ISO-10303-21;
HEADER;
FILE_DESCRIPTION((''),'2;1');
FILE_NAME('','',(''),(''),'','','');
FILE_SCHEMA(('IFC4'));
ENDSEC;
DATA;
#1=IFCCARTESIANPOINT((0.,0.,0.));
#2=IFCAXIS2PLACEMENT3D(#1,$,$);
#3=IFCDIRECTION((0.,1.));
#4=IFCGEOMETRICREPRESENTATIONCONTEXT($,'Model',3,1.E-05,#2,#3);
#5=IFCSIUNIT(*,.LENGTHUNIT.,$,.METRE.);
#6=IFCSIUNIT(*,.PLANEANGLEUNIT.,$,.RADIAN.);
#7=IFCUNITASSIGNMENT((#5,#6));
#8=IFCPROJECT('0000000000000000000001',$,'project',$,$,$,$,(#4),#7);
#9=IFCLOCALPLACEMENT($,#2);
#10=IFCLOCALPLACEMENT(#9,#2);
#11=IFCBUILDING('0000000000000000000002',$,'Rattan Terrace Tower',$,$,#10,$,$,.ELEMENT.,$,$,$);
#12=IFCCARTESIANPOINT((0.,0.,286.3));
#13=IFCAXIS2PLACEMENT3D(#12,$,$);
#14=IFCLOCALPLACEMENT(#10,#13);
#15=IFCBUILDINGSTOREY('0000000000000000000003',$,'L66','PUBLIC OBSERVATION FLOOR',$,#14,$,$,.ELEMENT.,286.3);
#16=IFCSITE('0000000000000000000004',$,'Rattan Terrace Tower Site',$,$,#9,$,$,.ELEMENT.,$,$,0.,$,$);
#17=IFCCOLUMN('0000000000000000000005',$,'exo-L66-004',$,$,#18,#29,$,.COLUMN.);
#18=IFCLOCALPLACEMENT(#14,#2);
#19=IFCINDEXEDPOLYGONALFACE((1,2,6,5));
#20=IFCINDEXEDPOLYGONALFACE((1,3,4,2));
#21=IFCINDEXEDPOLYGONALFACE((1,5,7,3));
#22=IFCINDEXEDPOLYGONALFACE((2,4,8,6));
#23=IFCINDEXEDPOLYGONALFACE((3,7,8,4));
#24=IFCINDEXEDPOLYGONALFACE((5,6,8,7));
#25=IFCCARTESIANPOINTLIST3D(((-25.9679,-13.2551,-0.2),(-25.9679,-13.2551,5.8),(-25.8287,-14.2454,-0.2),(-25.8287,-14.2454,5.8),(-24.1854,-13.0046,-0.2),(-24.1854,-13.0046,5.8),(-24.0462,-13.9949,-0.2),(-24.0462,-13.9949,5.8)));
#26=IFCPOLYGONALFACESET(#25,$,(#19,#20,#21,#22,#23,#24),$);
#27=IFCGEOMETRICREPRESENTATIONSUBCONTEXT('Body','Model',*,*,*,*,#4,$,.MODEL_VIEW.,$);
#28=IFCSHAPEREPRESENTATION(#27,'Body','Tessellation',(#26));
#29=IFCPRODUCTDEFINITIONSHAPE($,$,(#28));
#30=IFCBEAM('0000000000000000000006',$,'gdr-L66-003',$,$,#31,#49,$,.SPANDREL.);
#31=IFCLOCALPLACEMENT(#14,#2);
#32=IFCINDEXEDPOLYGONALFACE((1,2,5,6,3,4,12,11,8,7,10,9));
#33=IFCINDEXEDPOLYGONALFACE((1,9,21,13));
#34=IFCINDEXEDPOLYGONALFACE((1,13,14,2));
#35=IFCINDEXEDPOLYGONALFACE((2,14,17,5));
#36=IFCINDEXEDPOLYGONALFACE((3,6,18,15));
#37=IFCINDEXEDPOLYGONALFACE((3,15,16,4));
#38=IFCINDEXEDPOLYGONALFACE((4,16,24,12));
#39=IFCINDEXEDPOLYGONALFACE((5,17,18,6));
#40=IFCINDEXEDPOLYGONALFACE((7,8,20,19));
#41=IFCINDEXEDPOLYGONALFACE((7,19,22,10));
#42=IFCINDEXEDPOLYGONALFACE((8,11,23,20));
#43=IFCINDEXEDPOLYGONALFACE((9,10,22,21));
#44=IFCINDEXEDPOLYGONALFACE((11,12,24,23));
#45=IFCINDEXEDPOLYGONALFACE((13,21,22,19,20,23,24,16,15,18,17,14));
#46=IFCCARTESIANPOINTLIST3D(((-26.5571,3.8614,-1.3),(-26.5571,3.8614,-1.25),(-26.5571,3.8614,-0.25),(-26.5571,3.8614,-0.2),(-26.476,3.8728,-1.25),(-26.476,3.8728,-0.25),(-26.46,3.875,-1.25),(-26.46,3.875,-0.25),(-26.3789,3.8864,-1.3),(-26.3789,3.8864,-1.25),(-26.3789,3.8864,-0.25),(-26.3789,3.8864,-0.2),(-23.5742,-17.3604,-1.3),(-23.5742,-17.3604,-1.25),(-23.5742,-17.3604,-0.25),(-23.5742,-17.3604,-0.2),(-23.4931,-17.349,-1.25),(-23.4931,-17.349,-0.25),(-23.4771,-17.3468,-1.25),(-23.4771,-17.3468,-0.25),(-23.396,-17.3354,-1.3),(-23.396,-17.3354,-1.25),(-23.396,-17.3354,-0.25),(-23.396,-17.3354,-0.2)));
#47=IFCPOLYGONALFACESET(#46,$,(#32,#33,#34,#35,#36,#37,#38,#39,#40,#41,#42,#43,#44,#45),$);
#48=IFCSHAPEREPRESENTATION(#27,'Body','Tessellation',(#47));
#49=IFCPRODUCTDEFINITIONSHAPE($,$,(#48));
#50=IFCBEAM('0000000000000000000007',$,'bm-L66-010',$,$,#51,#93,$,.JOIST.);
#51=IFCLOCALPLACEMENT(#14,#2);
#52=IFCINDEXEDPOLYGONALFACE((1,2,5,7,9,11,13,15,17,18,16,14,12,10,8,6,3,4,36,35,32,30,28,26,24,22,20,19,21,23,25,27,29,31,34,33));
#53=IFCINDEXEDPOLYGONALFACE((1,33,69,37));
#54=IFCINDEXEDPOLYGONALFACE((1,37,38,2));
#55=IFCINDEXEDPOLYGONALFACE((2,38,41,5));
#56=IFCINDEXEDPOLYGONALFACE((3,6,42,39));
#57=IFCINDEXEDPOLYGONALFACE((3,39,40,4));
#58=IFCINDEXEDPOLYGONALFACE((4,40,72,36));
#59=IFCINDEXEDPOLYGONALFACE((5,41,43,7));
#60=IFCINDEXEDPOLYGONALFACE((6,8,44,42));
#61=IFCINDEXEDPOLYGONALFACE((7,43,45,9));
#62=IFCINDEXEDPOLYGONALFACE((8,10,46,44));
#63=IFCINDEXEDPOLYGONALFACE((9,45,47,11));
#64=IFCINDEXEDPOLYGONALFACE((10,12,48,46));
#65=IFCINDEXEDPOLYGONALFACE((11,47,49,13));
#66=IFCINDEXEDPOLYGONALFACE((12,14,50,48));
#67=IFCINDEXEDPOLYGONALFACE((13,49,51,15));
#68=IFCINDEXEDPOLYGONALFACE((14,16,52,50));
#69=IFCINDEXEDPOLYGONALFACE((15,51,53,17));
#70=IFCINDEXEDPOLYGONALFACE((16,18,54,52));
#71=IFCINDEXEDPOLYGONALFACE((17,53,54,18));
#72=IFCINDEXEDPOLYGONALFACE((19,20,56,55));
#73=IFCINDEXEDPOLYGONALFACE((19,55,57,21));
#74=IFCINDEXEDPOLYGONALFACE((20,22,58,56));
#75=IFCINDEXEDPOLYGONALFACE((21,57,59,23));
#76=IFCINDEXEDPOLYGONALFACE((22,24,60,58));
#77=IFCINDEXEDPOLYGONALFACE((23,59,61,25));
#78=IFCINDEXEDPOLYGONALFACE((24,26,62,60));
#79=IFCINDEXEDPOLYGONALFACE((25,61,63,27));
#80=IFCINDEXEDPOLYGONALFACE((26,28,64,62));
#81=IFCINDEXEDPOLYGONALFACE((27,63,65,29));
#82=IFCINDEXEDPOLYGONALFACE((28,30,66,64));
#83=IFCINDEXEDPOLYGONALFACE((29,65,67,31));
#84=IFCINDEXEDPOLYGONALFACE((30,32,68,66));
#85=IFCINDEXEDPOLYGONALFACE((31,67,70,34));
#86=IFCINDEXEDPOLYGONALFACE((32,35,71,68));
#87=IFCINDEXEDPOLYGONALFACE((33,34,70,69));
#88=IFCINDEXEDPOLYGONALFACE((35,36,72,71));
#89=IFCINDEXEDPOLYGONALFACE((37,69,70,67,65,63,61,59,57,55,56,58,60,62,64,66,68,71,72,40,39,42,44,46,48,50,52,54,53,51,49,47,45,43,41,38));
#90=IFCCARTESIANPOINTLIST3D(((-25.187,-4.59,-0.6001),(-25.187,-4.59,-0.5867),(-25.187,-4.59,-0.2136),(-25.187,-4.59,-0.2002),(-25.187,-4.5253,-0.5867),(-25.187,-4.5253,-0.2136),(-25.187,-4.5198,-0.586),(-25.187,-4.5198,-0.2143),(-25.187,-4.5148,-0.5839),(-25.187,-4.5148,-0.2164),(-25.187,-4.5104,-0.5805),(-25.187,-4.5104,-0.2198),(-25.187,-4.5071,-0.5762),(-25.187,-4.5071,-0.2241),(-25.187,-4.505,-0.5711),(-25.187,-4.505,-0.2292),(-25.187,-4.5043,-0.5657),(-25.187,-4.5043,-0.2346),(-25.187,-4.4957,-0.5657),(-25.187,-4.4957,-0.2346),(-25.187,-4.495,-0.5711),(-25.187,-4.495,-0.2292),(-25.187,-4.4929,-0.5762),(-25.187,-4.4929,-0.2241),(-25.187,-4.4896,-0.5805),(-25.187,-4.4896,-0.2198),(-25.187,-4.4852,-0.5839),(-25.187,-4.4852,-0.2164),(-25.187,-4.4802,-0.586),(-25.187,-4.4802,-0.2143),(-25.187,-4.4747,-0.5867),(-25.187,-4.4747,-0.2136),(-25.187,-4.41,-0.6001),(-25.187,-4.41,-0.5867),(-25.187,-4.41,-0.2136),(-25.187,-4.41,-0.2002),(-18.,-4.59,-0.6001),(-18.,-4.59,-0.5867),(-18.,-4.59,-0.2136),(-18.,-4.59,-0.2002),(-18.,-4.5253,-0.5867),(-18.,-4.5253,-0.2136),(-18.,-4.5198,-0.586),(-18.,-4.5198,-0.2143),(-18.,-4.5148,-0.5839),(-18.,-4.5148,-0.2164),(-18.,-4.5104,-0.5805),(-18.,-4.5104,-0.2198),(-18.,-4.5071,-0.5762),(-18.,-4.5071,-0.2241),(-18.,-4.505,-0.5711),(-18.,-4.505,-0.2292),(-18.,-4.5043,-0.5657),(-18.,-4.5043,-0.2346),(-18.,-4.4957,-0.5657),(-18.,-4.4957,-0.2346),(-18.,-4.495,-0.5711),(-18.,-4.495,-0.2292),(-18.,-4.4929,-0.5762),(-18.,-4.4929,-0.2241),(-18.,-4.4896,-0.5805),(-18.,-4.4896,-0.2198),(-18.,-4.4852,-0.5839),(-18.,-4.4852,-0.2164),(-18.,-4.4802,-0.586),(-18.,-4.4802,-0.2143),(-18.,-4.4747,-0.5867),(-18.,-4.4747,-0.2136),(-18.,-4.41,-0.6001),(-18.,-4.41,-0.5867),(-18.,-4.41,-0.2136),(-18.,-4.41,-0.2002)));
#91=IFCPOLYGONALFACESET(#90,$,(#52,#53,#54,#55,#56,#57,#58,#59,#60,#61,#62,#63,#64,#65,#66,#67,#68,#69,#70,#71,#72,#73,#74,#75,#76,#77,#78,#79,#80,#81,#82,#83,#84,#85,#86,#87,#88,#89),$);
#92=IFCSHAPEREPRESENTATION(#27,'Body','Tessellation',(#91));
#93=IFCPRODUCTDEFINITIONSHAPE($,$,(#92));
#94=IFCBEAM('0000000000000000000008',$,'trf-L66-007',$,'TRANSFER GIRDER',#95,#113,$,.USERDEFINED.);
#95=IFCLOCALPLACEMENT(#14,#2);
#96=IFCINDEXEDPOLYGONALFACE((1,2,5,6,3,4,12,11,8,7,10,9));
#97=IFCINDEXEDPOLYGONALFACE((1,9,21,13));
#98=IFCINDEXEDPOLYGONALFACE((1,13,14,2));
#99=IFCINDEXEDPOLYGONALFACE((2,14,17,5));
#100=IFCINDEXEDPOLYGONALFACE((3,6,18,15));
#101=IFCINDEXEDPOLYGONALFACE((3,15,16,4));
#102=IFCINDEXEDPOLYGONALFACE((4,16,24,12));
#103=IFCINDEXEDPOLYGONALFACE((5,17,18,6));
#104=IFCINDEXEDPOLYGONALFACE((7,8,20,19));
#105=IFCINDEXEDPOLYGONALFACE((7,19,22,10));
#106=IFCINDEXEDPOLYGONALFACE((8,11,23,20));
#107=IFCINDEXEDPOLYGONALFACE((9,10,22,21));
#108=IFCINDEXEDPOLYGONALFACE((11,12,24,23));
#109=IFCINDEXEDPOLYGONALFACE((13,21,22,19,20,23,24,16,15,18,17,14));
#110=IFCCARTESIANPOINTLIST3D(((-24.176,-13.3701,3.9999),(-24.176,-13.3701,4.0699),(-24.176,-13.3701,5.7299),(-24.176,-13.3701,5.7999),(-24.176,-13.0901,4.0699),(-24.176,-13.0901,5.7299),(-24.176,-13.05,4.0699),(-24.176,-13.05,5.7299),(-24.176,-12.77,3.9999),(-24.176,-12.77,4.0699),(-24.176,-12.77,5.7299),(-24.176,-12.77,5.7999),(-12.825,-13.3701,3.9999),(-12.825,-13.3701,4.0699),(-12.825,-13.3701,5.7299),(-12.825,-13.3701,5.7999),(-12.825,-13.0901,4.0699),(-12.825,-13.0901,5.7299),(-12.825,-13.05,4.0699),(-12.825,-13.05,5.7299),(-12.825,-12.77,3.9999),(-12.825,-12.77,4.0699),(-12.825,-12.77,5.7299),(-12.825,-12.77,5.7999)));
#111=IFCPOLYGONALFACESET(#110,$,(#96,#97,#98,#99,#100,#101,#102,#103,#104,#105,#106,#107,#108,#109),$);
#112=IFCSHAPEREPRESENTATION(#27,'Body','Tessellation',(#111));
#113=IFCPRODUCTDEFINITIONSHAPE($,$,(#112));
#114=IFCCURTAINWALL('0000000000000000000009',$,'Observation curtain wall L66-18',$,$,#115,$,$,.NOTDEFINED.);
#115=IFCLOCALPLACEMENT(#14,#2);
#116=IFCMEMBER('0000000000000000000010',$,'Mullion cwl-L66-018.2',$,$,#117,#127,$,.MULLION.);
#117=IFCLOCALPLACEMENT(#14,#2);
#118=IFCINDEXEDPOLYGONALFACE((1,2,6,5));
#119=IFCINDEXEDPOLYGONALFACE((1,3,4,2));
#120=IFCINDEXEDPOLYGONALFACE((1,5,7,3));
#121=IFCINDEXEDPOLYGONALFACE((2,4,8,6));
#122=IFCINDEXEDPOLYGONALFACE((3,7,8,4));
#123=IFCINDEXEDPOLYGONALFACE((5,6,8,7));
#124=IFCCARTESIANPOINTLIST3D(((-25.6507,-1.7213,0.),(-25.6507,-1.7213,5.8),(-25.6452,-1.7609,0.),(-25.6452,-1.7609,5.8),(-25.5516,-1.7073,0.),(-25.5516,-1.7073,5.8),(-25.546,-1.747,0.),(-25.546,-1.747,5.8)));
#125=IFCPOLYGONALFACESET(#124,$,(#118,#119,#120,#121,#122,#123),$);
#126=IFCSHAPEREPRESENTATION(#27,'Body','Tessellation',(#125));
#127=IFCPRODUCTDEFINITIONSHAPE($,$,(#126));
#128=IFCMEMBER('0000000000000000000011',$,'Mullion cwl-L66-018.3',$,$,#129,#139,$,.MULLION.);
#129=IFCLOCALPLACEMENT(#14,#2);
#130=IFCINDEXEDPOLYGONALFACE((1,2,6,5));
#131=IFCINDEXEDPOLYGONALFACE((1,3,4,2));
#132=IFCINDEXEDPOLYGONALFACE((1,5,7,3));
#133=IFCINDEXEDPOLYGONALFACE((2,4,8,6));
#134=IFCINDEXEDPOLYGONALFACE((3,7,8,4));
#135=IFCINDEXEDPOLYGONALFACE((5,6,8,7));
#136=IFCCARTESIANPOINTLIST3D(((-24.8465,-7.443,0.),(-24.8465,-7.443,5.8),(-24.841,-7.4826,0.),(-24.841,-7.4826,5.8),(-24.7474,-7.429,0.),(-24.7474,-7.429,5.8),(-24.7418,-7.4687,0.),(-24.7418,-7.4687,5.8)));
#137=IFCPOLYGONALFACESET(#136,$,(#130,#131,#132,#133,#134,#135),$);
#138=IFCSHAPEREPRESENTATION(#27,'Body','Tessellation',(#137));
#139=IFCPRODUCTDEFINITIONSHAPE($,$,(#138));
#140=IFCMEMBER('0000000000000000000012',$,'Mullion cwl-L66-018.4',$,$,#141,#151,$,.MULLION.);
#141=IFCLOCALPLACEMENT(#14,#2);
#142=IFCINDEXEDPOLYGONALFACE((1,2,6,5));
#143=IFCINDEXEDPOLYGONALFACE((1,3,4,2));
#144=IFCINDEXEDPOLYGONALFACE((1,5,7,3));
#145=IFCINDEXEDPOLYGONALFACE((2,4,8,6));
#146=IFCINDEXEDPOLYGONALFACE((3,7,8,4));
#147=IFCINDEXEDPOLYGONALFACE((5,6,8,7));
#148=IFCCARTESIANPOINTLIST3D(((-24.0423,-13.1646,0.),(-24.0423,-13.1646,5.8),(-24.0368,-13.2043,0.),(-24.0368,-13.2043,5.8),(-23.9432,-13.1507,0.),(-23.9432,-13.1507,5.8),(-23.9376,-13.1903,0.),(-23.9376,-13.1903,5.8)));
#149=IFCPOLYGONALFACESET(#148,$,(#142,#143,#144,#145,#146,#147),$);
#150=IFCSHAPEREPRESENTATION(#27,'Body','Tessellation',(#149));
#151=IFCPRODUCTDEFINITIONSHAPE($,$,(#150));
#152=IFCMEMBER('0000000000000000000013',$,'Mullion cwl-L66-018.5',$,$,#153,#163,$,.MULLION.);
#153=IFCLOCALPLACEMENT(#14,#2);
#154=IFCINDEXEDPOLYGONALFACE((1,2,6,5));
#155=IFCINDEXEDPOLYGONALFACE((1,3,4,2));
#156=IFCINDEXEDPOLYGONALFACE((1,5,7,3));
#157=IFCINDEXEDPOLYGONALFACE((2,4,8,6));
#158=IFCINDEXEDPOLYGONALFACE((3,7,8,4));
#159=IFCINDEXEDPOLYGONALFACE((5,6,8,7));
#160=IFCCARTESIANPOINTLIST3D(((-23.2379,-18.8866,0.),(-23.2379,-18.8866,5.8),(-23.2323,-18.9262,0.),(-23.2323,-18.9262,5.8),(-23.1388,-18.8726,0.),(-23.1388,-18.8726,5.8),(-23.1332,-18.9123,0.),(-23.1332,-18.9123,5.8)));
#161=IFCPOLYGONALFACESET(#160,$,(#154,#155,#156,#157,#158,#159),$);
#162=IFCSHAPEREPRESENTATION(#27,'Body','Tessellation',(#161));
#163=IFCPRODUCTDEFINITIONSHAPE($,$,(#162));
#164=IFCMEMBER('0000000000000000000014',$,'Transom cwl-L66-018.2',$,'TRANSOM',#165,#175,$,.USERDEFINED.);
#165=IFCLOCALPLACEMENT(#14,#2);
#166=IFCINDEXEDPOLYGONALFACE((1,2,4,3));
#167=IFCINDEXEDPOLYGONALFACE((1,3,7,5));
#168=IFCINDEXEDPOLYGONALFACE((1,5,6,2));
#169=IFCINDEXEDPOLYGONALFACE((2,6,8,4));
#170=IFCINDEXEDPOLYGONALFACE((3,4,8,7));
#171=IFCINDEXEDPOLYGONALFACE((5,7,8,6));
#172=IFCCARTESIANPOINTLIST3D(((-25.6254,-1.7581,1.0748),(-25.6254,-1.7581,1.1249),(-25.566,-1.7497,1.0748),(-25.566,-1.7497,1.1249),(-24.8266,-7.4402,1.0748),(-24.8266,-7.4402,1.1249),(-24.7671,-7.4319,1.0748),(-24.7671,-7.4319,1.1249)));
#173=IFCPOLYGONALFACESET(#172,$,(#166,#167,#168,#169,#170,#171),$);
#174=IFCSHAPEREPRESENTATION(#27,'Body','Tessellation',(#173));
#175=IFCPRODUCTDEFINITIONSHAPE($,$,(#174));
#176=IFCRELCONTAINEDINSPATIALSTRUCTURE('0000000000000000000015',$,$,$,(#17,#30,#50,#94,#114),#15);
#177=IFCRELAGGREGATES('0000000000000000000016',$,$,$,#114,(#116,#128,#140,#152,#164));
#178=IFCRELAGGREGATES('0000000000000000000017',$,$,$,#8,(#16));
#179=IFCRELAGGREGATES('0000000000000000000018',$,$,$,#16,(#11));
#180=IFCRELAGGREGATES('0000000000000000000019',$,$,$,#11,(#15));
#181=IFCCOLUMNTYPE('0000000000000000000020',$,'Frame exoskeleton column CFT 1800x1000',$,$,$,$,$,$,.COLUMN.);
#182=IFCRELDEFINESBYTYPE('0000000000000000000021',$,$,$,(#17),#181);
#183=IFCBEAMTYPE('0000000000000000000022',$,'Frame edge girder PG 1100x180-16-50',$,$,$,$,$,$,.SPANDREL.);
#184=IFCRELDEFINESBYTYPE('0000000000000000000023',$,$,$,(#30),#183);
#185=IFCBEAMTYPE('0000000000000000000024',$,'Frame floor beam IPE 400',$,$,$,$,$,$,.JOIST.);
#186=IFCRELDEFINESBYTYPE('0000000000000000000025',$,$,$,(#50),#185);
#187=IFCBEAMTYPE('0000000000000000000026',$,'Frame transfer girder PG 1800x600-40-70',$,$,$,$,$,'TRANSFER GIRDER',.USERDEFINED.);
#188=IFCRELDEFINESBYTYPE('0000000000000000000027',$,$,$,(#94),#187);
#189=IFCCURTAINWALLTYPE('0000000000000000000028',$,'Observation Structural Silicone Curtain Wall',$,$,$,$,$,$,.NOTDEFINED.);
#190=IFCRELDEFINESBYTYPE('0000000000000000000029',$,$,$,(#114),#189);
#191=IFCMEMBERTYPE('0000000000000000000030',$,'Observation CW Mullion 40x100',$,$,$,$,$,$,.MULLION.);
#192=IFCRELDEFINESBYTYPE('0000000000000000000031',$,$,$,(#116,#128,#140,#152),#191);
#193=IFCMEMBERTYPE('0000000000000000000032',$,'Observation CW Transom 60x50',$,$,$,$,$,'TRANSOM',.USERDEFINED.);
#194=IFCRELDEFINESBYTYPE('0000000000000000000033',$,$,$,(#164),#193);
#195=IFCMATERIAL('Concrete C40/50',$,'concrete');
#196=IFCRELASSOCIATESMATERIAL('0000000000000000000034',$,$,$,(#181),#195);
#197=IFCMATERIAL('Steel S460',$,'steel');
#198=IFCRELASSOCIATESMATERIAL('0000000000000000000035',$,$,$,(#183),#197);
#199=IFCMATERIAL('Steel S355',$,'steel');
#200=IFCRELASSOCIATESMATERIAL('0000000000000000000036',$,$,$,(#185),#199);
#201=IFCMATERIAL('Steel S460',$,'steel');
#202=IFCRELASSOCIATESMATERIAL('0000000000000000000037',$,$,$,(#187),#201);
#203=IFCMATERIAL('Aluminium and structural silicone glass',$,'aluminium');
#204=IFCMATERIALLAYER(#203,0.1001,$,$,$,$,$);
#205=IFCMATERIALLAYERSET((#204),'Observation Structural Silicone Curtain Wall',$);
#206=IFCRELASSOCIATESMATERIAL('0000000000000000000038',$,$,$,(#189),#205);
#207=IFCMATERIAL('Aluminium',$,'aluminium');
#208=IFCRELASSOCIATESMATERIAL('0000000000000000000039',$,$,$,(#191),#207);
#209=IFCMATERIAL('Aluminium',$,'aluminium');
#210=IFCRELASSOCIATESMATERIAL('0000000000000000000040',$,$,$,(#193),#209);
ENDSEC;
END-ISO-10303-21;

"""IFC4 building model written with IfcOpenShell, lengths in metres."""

from ifc_helpers import new_model, si_unit, direction, frame, origin, origin_2d, place, context, subcontext, project, spatial, rectangle, i_section, extrude, material, layer, layer_set, material_profile, profile_set, type_object, element, aggregate, save


model = new_model("IFC4")

# Units and contexts
model_context = context("Model", 3, precision=1e-05, world=origin(), true_north=direction((0.0, 1.0)))
body_context = subcontext(model_context, "Body", "Model", "MODEL_VIEW")
ifc_project = project(units=[si_unit("LENGTHUNIT", "METRE"), si_unit("PLANEANGLEUNIT", "RADIAN")], contexts=[model_context])

# Site, building, storey
site_placement = place(None, origin())
site = spatial("IfcSite", under=ifc_project, at=site_placement, Name="Rattan Terrace Tower Site", CompositionType="ELEMENT", RefElevation=0.0)
building_placement = place(site_placement, origin())
building = spatial("IfcBuilding", under=site, at=building_placement, Name="Rattan Terrace Tower", CompositionType="ELEMENT")
storey_placement = place(building_placement, frame((0.0, 0.0, 286.3)))
storey = spatial("IfcBuildingStorey", under=building, at=storey_placement, Name="L66", Description="PUBLIC OBSERVATION FLOOR", CompositionType="ELEMENT", Elevation=286.3)

# Column
ifc_material_1 = material(Name="Concrete C40/50", Category="concrete")
ifc_material_profile_1 = material_profile(ifc_material_1, rectangle(XDim=1.0, YDim=1.8, at=origin_2d()), Name="CFT 1800x1000")
ifc_profile_set_1 = profile_set([ifc_material_profile_1], Name="Concrete C40/50")
column_type = type_object("IfcColumnType", Name="Frame exoskeleton column CFT 1800x1000", PredefinedType="COLUMN", material=ifc_profile_set_1)
column_placement = place(storey_placement, frame((-25.0071, -13.625, -0.2), z_axis=(0.0, 0.0, 1.0), x_axis=(-0.13919, 0.990266, 0.0)))
element("IfcColumn", 1, at=column_placement, inside=storey, type_object=column_type, Name="exo-L66-004", PredefinedType="COLUMN", context=body_context, shape_type="SweptSolid", body=[
    extrude(rectangle(XDim=1.0, YDim=1.8, at=origin_2d()), origin(), (0.0, 0.0, 1.0), 6.0),
])

# Beams
ifc_material_2 = material(Name="Steel S460", Category="steel")
ifc_material_profile_2 = material_profile(ifc_material_2, i_section(OverallWidth=0.1799, OverallDepth=1.1001, WebThickness=0.0161, FlangeThickness=0.05, at=origin_2d()), Name="PG 1100x180-16-50")
ifc_profile_set_2 = profile_set([ifc_material_profile_2], Name="Steel S460")
beam_type_1 = type_object("IfcBeamType", Name="Frame edge girder PG 1100x180-16-50", PredefinedType="SPANDREL", material=ifc_profile_set_2)
beam_1_placement = place(storey_placement, frame((-23.4851, -17.3479, -0.75), z_axis=(-0.13919, 0.990266, 0.0), x_axis=(-0.990266, -0.13919, 0.0)))
element("IfcBeam", 2, at=beam_1_placement, inside=storey, type_object=beam_type_1, Name="gdr-L66-003", PredefinedType="SPANDREL", context=body_context, shape_type="SweptSolid", body=[
    extrude(i_section(OverallWidth=0.1799, OverallDepth=1.1001, WebThickness=0.0161, FlangeThickness=0.05, at=origin_2d()), origin(), (0.0, 0.0, 1.0), 21.4304),
])
ifc_material_3 = material(Name="Steel S355", Category="steel")
ifc_material_profile_3 = material_profile(ifc_material_3, i_section(OverallWidth=0.1799, OverallDepth=0.3999, WebThickness=0.0085, FlangeThickness=0.0134, FilletRadius=0.021, at=origin_2d()), Name="IPE 400")
ifc_profile_set_3 = profile_set([ifc_material_profile_3], Name="Steel S355")
beam_type_2 = type_object("IfcBeamType", Name="Frame floor beam IPE 400", PredefinedType="JOIST", material=ifc_profile_set_3)
beam_2_placement = place(storey_placement, frame((-25.187, -4.5, -0.4001), z_axis=(1.0, 0.0, 0.0), x_axis=(0.0, 1.0, 0.0)))
element("IfcBeam", 3, at=beam_2_placement, inside=storey, type_object=beam_type_2, Name="bm-L66-010", PredefinedType="JOIST", context=body_context, shape_type="SweptSolid", body=[
    extrude(i_section(OverallWidth=0.1799, OverallDepth=0.3999, WebThickness=0.0085, FlangeThickness=0.0134, FilletRadius=0.021, at=origin_2d()), origin(), (0.0, 0.0, 1.0), 7.187),
])
ifc_material_4 = material(Name="Steel S460", Category="steel")
ifc_material_profile_4 = material_profile(ifc_material_4, i_section(OverallWidth=0.6001, OverallDepth=1.8, WebThickness=0.04, FlangeThickness=0.0701, at=origin_2d()), Name="PG 1800x600-40-70")
ifc_profile_set_4 = profile_set([ifc_material_profile_4], Name="Steel S460")
beam_type_3 = type_object("IfcBeamType", Name="Frame transfer girder PG 1800x600-40-70", ElementType="TRANSFER GIRDER", PredefinedType="USERDEFINED", material=ifc_profile_set_4)
beam_3_placement = place(storey_placement, frame((-24.176, -13.0701, 4.8999), z_axis=(1.0, 0.0, 0.0), x_axis=(0.0, 1.0, 0.0)))
element("IfcBeam", 4, at=beam_3_placement, inside=storey, type_object=beam_type_3, Name="trf-L66-007", ObjectType="TRANSFER GIRDER", PredefinedType="USERDEFINED", context=body_context, shape_type="SweptSolid", body=[
    extrude(i_section(OverallWidth=0.6001, OverallDepth=1.8, WebThickness=0.04, FlangeThickness=0.0701, at=origin_2d()), origin(), (0.0, 0.0, 1.0), 11.3511),
])

# Curtain wall, members
ifc_material_5 = material(Name="Aluminium and structural silicone glass", Category="aluminium")
ifc_layer_1 = layer(ifc_material_5, 0.1001)
ifc_layer_set_1 = layer_set([ifc_layer_1], Name="Observation Structural Silicone Curtain Wall")
curtain_wall_type = type_object("IfcCurtainWallType", Name="Observation Structural Silicone Curtain Wall", PredefinedType="NOTDEFINED", material=ifc_layer_set_1)
curtain_wall_placement = place(storey_placement, origin())
curtain_wall = element("IfcCurtainWall", 5, at=curtain_wall_placement, inside=storey, type_object=curtain_wall_type, Name="Observation curtain wall L66-18", PredefinedType="NOTDEFINED")
ifc_material_6 = material(Name="Aluminium", Category="aluminium")
ifc_material_profile_5 = material_profile(ifc_material_6, rectangle(XDim=0.04, YDim=0.1001, at=origin_2d()), Name="Aluminium 40x100")
ifc_profile_set_5 = profile_set([ifc_material_profile_5], Name="Aluminium")
member_type_1 = type_object("IfcMemberType", Name="Observation CW Mullion 40x100", PredefinedType="MULLION", material=ifc_profile_set_5)
member_1_placement = place(storey_placement, frame((-25.5984, -1.7341, 0.0), z_axis=(0.0, 0.0, 1.0), x_axis=(0.139192, -0.990265, 0.0)))
member_1 = element("IfcMember", 6, at=member_1_placement, type_object=member_type_1, Name="Mullion cwl-L66-018.2", PredefinedType="MULLION", context=body_context, shape_type="SweptSolid", body=[
    extrude(rectangle(XDim=0.04, YDim=0.1001, at=origin_2d()), origin(), (0.0, 0.0, 1.0), 5.8),
])
member_2_placement = place(storey_placement, frame((-24.7942, -7.4558, 0.0), z_axis=(0.0, 0.0, 1.0), x_axis=(0.139192, -0.990265, 0.0)))
member_2 = element("IfcMember", 7, at=member_2_placement, type_object=member_type_1, Name="Mullion cwl-L66-018.3", PredefinedType="MULLION", context=body_context, shape_type="SweptSolid", body=[
    extrude(rectangle(XDim=0.04, YDim=0.1001, at=origin_2d()), origin(), (0.0, 0.0, 1.0), 5.8),
])
member_3_placement = place(storey_placement, frame((-23.99, -13.1775, 0.0), z_axis=(0.0, 0.0, 1.0), x_axis=(0.139192, -0.990265, 0.0)))
member_3 = element("IfcMember", 8, at=member_3_placement, type_object=member_type_1, Name="Mullion cwl-L66-018.4", PredefinedType="MULLION", context=body_context, shape_type="SweptSolid", body=[
    extrude(rectangle(XDim=0.04, YDim=0.1001, at=origin_2d()), origin(), (0.0, 0.0, 1.0), 5.8),
])
member_4_placement = place(storey_placement, frame((-23.1855, -18.8994, 0.0), z_axis=(0.0, 0.0, 1.0), x_axis=(0.139192, -0.990265, 0.0)))
member_4 = element("IfcMember", 9, at=member_4_placement, type_object=member_type_1, Name="Mullion cwl-L66-018.5", PredefinedType="MULLION", context=body_context, shape_type="SweptSolid", body=[
    extrude(rectangle(XDim=0.04, YDim=0.1001, at=origin_2d()), origin(), (0.0, 0.0, 1.0), 5.8),
])
ifc_material_7 = material(Name="Aluminium", Category="aluminium")
ifc_material_profile_6 = material_profile(ifc_material_7, rectangle(XDim=0.0601, YDim=0.05, at=origin_2d()), Name="Aluminium 60x50")
ifc_profile_set_6 = profile_set([ifc_material_profile_6], Name="Aluminium")
member_type_2 = type_object("IfcMemberType", Name="Observation CW Transom 60x50", ElementType="TRANSOM", PredefinedType="USERDEFINED", material=ifc_profile_set_6)
member_5_placement = place(storey_placement, frame((-25.5957, -1.7539, 1.0999), z_axis=(0.139217, -0.990262, 0.0), x_axis=(0.990262, 0.139217, 0.0)))
member_5 = element("IfcMember", 10, at=member_5_placement, type_object=member_type_2, Name="Transom cwl-L66-018.2", ObjectType="TRANSOM", PredefinedType="USERDEFINED", context=body_context, shape_type="SweptSolid", body=[
    extrude(rectangle(XDim=0.0601, YDim=0.05, at=origin_2d()), origin(), (0.0, 0.0, 1.0), 5.738),
])
aggregate(curtain_wall, [member_1, member_2, member_3, member_4, member_5])

save(model, "model.ifc")
